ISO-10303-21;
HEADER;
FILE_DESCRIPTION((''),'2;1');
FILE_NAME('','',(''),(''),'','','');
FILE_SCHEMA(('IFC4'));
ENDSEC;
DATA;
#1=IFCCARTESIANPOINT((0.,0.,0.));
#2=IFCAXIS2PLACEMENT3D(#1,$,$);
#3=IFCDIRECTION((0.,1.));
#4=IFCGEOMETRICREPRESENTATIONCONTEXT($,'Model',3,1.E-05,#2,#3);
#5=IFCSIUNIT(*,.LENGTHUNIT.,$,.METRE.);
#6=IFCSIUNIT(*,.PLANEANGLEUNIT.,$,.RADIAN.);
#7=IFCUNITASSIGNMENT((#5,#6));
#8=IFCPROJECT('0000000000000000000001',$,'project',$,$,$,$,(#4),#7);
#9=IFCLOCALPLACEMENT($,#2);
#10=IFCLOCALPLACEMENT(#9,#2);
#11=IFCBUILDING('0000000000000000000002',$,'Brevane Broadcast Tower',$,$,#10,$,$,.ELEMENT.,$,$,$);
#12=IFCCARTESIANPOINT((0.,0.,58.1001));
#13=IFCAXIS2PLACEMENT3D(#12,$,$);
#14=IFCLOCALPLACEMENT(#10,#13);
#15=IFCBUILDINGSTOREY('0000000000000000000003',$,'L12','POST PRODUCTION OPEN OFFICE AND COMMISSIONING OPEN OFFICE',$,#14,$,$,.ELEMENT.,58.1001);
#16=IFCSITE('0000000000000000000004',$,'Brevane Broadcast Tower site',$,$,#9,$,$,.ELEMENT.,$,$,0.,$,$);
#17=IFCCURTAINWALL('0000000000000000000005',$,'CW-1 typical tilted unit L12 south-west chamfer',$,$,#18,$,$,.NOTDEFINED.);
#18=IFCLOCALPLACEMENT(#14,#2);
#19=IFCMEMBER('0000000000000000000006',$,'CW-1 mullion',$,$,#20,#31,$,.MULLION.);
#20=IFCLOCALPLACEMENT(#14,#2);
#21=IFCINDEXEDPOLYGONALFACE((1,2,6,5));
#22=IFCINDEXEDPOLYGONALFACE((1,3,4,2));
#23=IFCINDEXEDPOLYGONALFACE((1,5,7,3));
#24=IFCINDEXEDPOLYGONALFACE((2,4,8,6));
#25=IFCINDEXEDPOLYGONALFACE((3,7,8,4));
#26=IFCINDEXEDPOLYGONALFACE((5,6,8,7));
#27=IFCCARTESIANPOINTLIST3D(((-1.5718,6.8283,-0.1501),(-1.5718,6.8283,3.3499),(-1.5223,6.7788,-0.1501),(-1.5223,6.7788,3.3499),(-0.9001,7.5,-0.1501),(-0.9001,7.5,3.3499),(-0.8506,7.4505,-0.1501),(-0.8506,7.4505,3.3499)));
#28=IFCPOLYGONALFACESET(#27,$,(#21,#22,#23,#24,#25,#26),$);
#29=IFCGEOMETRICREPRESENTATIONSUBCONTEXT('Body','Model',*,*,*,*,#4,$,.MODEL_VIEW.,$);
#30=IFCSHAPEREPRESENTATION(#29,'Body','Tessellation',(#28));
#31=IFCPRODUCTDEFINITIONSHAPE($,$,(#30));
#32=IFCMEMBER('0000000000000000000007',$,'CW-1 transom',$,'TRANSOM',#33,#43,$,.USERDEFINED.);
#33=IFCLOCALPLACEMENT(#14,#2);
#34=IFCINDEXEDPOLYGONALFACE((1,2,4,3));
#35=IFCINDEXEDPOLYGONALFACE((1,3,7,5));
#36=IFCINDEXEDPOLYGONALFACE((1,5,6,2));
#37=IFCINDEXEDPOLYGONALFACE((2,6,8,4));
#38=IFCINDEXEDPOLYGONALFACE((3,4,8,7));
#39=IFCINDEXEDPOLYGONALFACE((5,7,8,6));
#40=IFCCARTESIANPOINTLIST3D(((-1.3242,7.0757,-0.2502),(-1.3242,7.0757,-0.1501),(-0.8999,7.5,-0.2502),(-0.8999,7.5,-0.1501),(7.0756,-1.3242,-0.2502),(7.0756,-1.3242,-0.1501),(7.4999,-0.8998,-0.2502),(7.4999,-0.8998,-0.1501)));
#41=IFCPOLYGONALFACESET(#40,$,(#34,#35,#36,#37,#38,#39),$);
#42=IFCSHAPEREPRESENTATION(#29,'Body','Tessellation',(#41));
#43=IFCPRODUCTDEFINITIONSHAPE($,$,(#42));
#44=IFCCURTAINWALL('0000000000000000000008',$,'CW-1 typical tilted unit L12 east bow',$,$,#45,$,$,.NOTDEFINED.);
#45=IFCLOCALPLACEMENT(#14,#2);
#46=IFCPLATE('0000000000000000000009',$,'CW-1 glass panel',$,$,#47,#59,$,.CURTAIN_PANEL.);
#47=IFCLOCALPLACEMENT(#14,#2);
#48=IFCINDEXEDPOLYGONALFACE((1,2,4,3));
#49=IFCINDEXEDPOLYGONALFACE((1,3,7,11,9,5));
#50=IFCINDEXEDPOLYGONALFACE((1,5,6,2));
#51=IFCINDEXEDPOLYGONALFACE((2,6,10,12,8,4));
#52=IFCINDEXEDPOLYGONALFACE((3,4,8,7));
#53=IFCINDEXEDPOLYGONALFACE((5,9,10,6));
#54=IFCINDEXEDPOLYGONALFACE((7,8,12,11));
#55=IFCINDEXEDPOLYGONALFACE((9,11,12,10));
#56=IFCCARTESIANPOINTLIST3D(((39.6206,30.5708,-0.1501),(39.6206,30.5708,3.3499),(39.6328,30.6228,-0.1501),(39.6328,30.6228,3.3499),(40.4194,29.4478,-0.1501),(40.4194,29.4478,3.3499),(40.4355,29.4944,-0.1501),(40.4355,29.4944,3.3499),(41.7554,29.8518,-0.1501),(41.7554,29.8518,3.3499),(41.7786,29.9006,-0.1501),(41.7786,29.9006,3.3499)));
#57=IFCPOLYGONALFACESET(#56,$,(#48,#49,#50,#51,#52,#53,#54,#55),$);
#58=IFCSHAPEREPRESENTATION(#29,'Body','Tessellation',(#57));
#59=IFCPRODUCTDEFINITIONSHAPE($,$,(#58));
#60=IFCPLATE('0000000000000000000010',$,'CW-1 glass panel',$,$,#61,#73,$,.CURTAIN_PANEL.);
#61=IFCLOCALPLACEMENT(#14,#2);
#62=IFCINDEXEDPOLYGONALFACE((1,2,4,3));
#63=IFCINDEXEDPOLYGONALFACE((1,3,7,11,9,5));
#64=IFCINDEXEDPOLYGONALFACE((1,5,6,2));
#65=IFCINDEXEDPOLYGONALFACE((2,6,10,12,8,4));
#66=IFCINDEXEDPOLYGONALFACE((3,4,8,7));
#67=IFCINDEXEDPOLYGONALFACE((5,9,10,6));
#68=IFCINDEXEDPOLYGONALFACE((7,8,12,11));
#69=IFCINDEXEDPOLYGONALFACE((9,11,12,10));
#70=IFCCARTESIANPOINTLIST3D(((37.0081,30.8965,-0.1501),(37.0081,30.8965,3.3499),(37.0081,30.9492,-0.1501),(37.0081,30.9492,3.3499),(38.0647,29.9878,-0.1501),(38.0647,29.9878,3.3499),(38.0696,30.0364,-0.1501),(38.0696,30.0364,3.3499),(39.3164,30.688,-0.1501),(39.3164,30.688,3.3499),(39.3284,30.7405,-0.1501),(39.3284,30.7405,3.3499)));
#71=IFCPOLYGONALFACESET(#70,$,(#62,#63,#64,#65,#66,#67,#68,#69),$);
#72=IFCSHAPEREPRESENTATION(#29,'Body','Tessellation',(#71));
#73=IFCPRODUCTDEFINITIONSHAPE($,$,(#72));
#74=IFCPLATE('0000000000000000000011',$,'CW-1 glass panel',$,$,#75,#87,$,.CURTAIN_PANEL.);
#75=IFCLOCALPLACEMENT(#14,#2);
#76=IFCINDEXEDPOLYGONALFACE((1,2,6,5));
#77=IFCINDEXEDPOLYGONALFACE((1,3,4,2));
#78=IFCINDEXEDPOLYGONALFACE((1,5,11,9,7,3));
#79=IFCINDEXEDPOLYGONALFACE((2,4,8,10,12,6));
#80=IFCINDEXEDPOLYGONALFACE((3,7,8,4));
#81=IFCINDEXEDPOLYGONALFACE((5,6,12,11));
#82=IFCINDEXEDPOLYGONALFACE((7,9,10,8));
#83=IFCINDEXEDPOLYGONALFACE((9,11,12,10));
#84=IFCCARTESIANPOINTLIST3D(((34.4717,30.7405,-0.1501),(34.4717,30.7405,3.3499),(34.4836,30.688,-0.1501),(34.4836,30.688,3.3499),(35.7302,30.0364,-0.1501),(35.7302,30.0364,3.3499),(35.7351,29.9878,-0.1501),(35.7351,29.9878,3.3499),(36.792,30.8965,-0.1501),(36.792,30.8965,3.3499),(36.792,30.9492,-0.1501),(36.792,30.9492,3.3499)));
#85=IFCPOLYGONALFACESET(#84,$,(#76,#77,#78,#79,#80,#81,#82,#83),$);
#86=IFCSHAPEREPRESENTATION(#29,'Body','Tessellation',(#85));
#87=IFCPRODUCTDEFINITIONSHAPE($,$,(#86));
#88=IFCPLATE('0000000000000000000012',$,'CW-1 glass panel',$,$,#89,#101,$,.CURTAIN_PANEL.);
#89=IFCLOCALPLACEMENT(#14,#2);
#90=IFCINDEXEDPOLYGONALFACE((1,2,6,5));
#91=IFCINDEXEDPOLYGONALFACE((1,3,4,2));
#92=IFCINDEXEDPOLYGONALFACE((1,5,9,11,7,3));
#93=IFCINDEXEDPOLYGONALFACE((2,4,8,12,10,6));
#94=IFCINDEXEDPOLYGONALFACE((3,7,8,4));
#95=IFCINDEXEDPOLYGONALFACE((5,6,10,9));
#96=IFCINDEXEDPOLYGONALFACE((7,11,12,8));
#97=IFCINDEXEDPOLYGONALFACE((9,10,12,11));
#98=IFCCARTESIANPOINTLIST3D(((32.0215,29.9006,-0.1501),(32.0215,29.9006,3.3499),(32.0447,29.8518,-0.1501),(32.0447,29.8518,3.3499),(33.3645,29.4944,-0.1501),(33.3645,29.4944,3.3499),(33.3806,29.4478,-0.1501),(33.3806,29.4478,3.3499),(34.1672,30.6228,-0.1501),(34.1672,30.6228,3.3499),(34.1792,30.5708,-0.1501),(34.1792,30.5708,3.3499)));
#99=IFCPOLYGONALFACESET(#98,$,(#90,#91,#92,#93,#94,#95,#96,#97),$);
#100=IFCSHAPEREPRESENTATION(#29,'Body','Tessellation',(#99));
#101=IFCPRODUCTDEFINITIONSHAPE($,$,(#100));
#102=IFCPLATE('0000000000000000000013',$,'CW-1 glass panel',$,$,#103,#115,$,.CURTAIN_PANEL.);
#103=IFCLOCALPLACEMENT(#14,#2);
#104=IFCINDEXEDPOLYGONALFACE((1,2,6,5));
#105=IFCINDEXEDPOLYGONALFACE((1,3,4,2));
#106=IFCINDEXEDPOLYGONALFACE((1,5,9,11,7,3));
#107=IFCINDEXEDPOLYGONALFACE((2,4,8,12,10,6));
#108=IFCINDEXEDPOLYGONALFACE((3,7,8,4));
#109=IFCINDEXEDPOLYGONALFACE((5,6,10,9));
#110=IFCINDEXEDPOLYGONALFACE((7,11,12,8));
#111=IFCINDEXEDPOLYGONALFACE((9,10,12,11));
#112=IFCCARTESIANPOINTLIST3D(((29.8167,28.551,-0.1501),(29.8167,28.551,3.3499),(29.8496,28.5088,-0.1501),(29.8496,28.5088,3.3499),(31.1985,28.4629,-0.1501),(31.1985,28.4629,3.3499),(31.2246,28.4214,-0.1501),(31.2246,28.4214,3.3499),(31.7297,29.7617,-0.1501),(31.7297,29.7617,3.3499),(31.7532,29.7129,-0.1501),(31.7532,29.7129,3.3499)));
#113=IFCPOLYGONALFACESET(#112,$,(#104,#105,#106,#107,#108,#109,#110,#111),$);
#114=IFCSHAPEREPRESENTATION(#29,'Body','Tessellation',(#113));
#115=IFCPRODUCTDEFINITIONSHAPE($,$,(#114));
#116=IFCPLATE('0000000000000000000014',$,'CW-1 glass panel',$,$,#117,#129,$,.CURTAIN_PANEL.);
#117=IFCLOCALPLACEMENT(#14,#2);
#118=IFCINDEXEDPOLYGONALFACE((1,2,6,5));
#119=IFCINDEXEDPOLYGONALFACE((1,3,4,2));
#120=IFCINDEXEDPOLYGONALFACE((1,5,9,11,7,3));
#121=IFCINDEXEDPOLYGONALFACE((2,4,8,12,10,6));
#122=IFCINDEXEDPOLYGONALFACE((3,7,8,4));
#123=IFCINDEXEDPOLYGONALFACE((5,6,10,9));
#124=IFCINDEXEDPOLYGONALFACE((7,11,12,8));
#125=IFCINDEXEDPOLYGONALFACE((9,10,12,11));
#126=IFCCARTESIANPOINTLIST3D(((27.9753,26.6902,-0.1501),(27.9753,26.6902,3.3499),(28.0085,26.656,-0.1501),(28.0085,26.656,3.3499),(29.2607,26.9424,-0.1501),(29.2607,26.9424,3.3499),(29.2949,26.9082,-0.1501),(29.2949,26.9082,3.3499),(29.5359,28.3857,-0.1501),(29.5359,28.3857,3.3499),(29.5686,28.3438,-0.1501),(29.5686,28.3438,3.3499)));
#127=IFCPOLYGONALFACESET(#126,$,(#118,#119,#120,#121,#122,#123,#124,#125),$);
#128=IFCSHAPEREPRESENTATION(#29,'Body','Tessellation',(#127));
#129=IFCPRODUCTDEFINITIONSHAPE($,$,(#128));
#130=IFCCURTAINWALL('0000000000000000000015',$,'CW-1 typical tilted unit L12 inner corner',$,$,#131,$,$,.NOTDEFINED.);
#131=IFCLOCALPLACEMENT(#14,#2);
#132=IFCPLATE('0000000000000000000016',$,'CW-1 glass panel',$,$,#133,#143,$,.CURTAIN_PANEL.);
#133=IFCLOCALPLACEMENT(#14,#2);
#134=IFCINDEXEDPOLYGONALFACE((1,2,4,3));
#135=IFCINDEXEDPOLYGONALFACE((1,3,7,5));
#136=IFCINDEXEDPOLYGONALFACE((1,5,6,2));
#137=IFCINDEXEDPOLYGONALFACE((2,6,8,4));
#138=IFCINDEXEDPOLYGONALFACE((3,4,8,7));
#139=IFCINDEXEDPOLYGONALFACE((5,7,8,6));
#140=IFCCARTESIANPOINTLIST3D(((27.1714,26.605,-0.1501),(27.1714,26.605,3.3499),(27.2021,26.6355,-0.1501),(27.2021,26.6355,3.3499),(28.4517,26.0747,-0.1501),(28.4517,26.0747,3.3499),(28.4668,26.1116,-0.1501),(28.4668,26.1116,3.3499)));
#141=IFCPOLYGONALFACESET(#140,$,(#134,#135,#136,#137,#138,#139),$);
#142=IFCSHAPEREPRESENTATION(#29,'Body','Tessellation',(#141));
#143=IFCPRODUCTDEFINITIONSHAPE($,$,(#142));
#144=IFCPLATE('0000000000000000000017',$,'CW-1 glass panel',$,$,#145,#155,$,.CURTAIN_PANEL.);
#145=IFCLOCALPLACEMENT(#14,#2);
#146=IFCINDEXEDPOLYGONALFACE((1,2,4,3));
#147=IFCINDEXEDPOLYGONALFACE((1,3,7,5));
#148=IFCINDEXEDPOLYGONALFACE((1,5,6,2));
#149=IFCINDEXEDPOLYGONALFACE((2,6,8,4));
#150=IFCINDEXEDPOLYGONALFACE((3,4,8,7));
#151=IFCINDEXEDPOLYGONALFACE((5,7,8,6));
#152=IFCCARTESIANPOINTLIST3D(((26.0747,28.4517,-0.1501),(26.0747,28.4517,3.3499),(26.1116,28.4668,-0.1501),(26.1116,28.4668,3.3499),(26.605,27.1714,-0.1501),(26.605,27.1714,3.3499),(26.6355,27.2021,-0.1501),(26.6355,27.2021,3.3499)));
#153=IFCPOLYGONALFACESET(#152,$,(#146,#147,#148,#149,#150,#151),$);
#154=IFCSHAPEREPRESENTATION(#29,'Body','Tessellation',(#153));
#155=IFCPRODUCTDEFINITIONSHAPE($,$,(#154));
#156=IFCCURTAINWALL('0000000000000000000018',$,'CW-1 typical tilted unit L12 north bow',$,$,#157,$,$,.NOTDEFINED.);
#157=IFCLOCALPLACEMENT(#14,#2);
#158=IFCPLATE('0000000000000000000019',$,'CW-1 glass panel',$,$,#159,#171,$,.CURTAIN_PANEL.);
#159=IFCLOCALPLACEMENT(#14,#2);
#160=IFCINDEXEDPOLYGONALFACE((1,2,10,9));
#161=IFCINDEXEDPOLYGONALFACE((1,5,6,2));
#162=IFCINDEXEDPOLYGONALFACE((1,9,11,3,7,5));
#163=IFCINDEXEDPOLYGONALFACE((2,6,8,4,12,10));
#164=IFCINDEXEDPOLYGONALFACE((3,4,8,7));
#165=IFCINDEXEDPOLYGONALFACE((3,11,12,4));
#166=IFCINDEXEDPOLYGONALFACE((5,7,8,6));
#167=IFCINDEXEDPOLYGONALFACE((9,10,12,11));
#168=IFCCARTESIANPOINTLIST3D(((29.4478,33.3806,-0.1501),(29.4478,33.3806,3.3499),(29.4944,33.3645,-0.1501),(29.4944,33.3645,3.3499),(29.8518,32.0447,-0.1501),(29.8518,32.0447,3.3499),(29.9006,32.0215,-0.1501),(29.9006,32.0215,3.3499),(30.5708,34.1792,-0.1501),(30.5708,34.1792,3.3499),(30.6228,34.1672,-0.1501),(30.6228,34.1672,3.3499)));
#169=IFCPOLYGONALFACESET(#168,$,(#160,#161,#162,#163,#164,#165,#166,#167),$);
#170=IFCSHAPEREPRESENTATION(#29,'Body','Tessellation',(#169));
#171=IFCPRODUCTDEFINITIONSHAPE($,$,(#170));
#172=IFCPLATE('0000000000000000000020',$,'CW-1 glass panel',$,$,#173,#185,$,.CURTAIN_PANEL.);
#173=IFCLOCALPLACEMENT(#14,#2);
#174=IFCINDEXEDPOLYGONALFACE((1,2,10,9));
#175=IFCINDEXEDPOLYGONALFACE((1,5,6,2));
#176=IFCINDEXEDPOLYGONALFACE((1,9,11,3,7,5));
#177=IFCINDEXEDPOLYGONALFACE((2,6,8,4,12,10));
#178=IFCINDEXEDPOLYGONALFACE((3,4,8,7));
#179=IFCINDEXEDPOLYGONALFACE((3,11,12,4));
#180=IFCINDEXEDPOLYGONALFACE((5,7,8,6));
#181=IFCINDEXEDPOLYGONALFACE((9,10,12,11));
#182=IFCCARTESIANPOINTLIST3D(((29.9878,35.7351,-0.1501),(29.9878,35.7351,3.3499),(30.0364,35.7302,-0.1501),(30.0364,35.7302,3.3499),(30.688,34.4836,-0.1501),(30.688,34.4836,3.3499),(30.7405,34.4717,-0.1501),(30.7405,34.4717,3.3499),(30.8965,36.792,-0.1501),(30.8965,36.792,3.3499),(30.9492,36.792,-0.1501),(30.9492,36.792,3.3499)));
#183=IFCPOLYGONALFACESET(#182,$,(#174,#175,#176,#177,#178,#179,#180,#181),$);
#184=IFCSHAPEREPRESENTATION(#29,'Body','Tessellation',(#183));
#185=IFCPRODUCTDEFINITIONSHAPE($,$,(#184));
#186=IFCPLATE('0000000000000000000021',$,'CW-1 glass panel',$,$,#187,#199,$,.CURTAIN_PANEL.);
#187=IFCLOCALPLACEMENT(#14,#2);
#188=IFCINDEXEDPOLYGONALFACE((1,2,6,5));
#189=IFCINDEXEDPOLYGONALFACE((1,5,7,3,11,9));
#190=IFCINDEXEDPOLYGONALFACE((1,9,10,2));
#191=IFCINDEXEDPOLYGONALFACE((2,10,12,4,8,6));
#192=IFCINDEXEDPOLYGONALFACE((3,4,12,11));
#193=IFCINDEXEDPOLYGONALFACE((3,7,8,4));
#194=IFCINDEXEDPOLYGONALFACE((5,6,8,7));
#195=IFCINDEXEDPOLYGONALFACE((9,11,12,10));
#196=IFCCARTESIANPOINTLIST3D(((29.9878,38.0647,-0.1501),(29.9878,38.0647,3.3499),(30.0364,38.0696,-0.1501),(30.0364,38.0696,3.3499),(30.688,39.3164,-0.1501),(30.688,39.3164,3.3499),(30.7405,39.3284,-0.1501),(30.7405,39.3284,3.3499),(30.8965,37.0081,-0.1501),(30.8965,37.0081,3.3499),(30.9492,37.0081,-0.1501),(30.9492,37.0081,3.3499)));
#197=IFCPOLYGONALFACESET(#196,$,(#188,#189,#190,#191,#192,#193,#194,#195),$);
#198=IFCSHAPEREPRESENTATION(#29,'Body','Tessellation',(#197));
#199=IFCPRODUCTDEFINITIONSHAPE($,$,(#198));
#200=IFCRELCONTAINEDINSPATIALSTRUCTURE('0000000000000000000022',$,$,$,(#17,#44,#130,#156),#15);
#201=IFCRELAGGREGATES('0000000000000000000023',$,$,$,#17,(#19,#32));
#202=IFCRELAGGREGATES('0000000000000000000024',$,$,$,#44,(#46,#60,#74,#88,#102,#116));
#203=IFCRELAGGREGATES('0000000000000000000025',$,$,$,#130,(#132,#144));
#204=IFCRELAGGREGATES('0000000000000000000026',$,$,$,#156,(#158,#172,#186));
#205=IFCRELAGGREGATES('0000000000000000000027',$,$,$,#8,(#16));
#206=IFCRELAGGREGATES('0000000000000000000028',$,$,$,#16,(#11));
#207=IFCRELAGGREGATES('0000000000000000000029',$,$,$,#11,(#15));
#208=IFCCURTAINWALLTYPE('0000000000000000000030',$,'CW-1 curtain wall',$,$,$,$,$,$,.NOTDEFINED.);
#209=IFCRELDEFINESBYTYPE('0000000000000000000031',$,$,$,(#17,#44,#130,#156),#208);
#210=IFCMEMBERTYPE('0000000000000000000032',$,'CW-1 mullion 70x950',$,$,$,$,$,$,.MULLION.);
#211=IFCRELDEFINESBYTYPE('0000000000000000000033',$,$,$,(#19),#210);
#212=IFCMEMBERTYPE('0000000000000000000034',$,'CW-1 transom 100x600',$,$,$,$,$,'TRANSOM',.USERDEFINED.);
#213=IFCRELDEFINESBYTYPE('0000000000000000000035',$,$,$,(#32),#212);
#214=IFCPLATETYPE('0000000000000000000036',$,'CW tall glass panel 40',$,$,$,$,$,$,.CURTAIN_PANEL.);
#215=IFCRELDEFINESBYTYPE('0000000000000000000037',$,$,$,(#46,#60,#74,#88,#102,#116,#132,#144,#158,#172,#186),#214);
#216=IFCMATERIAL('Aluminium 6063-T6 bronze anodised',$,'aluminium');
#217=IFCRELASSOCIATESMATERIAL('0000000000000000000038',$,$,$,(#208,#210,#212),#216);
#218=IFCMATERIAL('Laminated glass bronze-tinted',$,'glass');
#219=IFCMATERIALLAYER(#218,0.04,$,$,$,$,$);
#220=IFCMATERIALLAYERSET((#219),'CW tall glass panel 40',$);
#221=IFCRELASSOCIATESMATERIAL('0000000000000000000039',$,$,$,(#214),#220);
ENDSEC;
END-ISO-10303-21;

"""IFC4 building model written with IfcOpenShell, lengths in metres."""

from ifc_helpers import new_model, si_unit, direction, frame, origin, origin_2d, place, context, subcontext, project, spatial, polyline, rectangle, outline, extrude, material, layer, layer_set, material_profile, profile_set, type_object, element, aggregate, save


model = new_model("IFC4")

# Units and contexts
model_context = context("Model", 3, precision=1e-05, world=origin(), true_north=direction((0.0, 1.0)))
body_context = subcontext(model_context, "Body", "Model", "MODEL_VIEW")
ifc_project = project(units=[si_unit("LENGTHUNIT", "METRE"), si_unit("PLANEANGLEUNIT", "RADIAN")], contexts=[model_context])

# Site, building, storey
site_placement = place(None, origin())
site = spatial("IfcSite", under=ifc_project, at=site_placement, Name="Brevane Broadcast Tower site", CompositionType="ELEMENT", RefElevation=0.0)
building_placement = place(site_placement, origin())
building = spatial("IfcBuilding", under=site, at=building_placement, Name="Brevane Broadcast Tower", CompositionType="ELEMENT")
storey_placement = place(building_placement, frame((0.0, 0.0, 58.1001)))
storey = spatial("IfcBuildingStorey", under=building, at=storey_placement, Name="L12", Description="POST PRODUCTION OPEN OFFICE AND COMMISSIONING OPEN OFFICE", CompositionType="ELEMENT", Elevation=58.1001)

# Curtain wall, members
ifc_material_1 = material(Name="Aluminium 6063-T6 bronze anodised", Category="aluminium")
curtain_wall_type = type_object("IfcCurtainWallType", Name="CW-1 curtain wall", PredefinedType="NOTDEFINED", material=ifc_material_1)
curtain_wall_1_placement = place(storey_placement, origin())
curtain_wall_1 = element("IfcCurtainWall", 1, at=curtain_wall_1_placement, inside=storey, type_object=curtain_wall_type, Name="CW-1 typical tilted unit L12 south-west chamfer", PredefinedType="NOTDEFINED")
ifc_material_profile_1 = material_profile(ifc_material_1, rectangle(XDim=0.95, YDim=0.0701, at=origin_2d()), Name="RECT 70x950")
ifc_profile_set_1 = profile_set([ifc_material_profile_1], Name="Aluminium 6063-T6 bronze anodised")
member_type_1 = type_object("IfcMemberType", Name="CW-1 mullion 70x950", PredefinedType="MULLION", material=ifc_profile_set_1)
member_1_placement = place(storey_placement, frame((-1.2112, 7.1394, -0.1501), z_axis=(0.0, 0.0, 1.0), x_axis=(0.707107, 0.707107, 0.0)))
member_1 = element("IfcMember", 2, at=member_1_placement, type_object=member_type_1, Name="CW-1 mullion", PredefinedType="MULLION", context=body_context, shape_type="SweptSolid", body=[
    extrude(rectangle(XDim=0.95, YDim=0.0701, at=origin_2d()), origin(), (0.0, 0.0, 1.0), 3.5),
])
ifc_material_profile_2 = material_profile(ifc_material_1, rectangle(XDim=0.6001, YDim=0.1001, at=origin_2d()), Name="RECT 100x600")
ifc_profile_set_2 = profile_set([ifc_material_profile_2], Name="Aluminium 6063-T6 bronze anodised")
member_type_2 = type_object("IfcMemberType", Name="CW-1 transom 100x600", ElementType="TRANSOM", PredefinedType="USERDEFINED", material=ifc_profile_set_2)
member_2_placement = place(storey_placement, frame((-1.1121, 7.2878, -0.2002), z_axis=(0.707107, -0.707107, 0.0), x_axis=(0.707107, 0.707107, 0.0)))
member_2 = element("IfcMember", 3, at=member_2_placement, type_object=member_type_2, Name="CW-1 transom", ObjectType="TRANSOM", PredefinedType="USERDEFINED", context=body_context, shape_type="SweptSolid", body=[
    extrude(rectangle(XDim=0.6001, YDim=0.1001, at=origin_2d()), origin(), (0.0, 0.0, 1.0), 11.8792),
])
aggregate(curtain_wall_1, [member_1, member_2])

# Curtain walls, plates
curtain_wall_2_placement = place(storey_placement, origin())
curtain_wall_2 = element("IfcCurtainWall", 4, at=curtain_wall_2_placement, inside=storey, type_object=curtain_wall_type, Name="CW-1 typical tilted unit L12 east bow", PredefinedType="NOTDEFINED")
ifc_material_2 = material(Name="Laminated glass bronze-tinted", Category="glass")
ifc_layer_1 = layer(ifc_material_2, 0.04)
ifc_layer_set_1 = layer_set([ifc_layer_1], Name="CW tall glass panel 40")
plate_type = type_object("IfcPlateType", Name="CW tall glass panel 40", PredefinedType="CURTAIN_PANEL", material=ifc_layer_set_1)
plate_1_placement = place(storey_placement, frame((0.0, 0.0, -0.1501)))
plate_1 = element("IfcPlate", 5, at=plate_1_placement, type_object=plate_type, Name="CW-1 glass panel", PredefinedType="CURTAIN_PANEL", context=body_context, shape_type="SweptSolid", body=[
    extrude(outline(polyline([(41.7554, 29.8518), (41.7786, 29.9006), (40.4355, 29.4944), (39.6328, 30.6228), (39.6206, 30.5708), (40.4194, 29.4478), (41.7554, 29.8518)])), origin(), (0.0, 0.0, 1.0), 3.5),
])
plate_2_placement = place(storey_placement, frame((0.0, 0.0, -0.1501)))
plate_2 = element("IfcPlate", 6, at=plate_2_placement, type_object=plate_type, Name="CW-1 glass panel", PredefinedType="CURTAIN_PANEL", context=body_context, shape_type="SweptSolid", body=[
    extrude(outline(polyline([(39.3164, 30.688), (39.3284, 30.7405), (38.0696, 30.0364), (37.0081, 30.9492), (37.0081, 30.8965), (38.0647, 29.9878), (39.3164, 30.688)])), origin(), (0.0, 0.0, 1.0), 3.5),
])
plate_3_placement = place(storey_placement, frame((0.0, 0.0, -0.1501)))
plate_3 = element("IfcPlate", 7, at=plate_3_placement, type_object=plate_type, Name="CW-1 glass panel", PredefinedType="CURTAIN_PANEL", context=body_context, shape_type="SweptSolid", body=[
    extrude(outline(polyline([(36.792, 30.8965), (36.792, 30.9492), (35.7302, 30.0364), (34.4717, 30.7405), (34.4836, 30.688), (35.7351, 29.9878), (36.792, 30.8965)])), origin(), (0.0, 0.0, 1.0), 3.5),
])
plate_4_placement = place(storey_placement, frame((0.0, 0.0, -0.1501)))
plate_4 = element("IfcPlate", 8, at=plate_4_placement, type_object=plate_type, Name="CW-1 glass panel", PredefinedType="CURTAIN_PANEL", context=body_context, shape_type="SweptSolid", body=[
    extrude(outline(polyline([(34.1792, 30.5708), (34.1672, 30.6228), (33.3645, 29.4944), (32.0215, 29.9006), (32.0447, 29.8518), (33.3806, 29.4478), (34.1792, 30.5708)])), origin(), (0.0, 0.0, 1.0), 3.5),
])
plate_5_placement = place(storey_placement, frame((0.0, 0.0, -0.1501)))
plate_5 = element("IfcPlate", 9, at=plate_5_placement, type_object=plate_type, Name="CW-1 glass panel", PredefinedType="CURTAIN_PANEL", context=body_context, shape_type="SweptSolid", body=[
    extrude(outline(polyline([(31.7532, 29.7129), (31.7297, 29.7617), (31.1985, 28.4629), (29.8167, 28.551), (29.8496, 28.5088), (31.2246, 28.4214), (31.7532, 29.7129)])), origin(), (0.0, 0.0, 1.0), 3.5),
])
plate_6_placement = place(storey_placement, frame((0.0, 0.0, -0.1501)))
plate_6 = element("IfcPlate", 10, at=plate_6_placement, type_object=plate_type, Name="CW-1 glass panel", PredefinedType="CURTAIN_PANEL", context=body_context, shape_type="SweptSolid", body=[
    extrude(outline(polyline([(29.5686, 28.3438), (29.5359, 28.3857), (29.2607, 26.9424), (27.9753, 26.6902), (28.0085, 26.656), (29.2949, 26.9082), (29.5686, 28.3438)])), origin(), (0.0, 0.0, 1.0), 3.5),
])
aggregate(curtain_wall_2, [plate_1, plate_2, plate_3, plate_4, plate_5, plate_6])
curtain_wall_3_placement = place(storey_placement, origin())
curtain_wall_3 = element("IfcCurtainWall", 11, at=curtain_wall_3_placement, inside=storey, type_object=curtain_wall_type, Name="CW-1 typical tilted unit L12 inner corner", PredefinedType="NOTDEFINED")
plate_7_placement = place(storey_placement, frame((0.0, 0.0, -0.1501)))
plate_7 = element("IfcPlate", 12, at=plate_7_placement, type_object=plate_type, Name="CW-1 glass panel", PredefinedType="CURTAIN_PANEL", context=body_context, shape_type="SweptSolid", body=[
    extrude(outline(polyline([(28.4517, 26.0747), (28.4668, 26.1116), (27.2021, 26.6355), (27.1714, 26.605), (28.4517, 26.0747)])), origin(), (0.0, 0.0, 1.0), 3.5),
])
plate_8_placement = place(storey_placement, frame((0.0, 0.0, -0.1501)))
plate_8 = element("IfcPlate", 13, at=plate_8_placement, type_object=plate_type, Name="CW-1 glass panel", PredefinedType="CURTAIN_PANEL", context=body_context, shape_type="SweptSolid", body=[
    extrude(outline(polyline([(26.605, 27.1714), (26.6355, 27.2021), (26.1116, 28.4668), (26.0747, 28.4517), (26.605, 27.1714)])), origin(), (0.0, 0.0, 1.0), 3.5),
])
aggregate(curtain_wall_3, [plate_7, plate_8])
curtain_wall_4_placement = place(storey_placement, origin())
curtain_wall_4 = element("IfcCurtainWall", 14, at=curtain_wall_4_placement, inside=storey, type_object=curtain_wall_type, Name="CW-1 typical tilted unit L12 north bow", PredefinedType="NOTDEFINED")
plate_9_placement = place(storey_placement, frame((0.0, 0.0, -0.1501)))
plate_9 = element("IfcPlate", 15, at=plate_9_placement, type_object=plate_type, Name="CW-1 glass panel", PredefinedType="CURTAIN_PANEL", context=body_context, shape_type="SweptSolid", body=[
    extrude(outline(polyline([(29.8518, 32.0447), (29.9006, 32.0215), (29.4944, 33.3645), (30.6228, 34.1672), (30.5708, 34.1792), (29.4478, 33.3806), (29.8518, 32.0447)])), origin(), (0.0, 0.0, 1.0), 3.5),
])
plate_10_placement = place(storey_placement, frame((0.0, 0.0, -0.1501)))
plate_10 = element("IfcPlate", 16, at=plate_10_placement, type_object=plate_type, Name="CW-1 glass panel", PredefinedType="CURTAIN_PANEL", context=body_context, shape_type="SweptSolid", body=[
    extrude(outline(polyline([(30.688, 34.4836), (30.7405, 34.4717), (30.0364, 35.7302), (30.9492, 36.792), (30.8965, 36.792), (29.9878, 35.7351), (30.688, 34.4836)])), origin(), (0.0, 0.0, 1.0), 3.5),
])
plate_11_placement = place(storey_placement, frame((0.0, 0.0, -0.1501)))
plate_11 = element("IfcPlate", 17, at=plate_11_placement, type_object=plate_type, Name="CW-1 glass panel", PredefinedType="CURTAIN_PANEL", context=body_context, shape_type="SweptSolid", body=[
    extrude(outline(polyline([(30.8965, 37.0081), (30.9492, 37.0081), (30.0364, 38.0696), (30.7405, 39.3284), (30.688, 39.3164), (29.9878, 38.0647), (30.8965, 37.0081)])), origin(), (0.0, 0.0, 1.0), 3.5),
])

aggregate(curtain_wall_4, [plate_9, plate_10, plate_11])

save(model, "model.ifc")
